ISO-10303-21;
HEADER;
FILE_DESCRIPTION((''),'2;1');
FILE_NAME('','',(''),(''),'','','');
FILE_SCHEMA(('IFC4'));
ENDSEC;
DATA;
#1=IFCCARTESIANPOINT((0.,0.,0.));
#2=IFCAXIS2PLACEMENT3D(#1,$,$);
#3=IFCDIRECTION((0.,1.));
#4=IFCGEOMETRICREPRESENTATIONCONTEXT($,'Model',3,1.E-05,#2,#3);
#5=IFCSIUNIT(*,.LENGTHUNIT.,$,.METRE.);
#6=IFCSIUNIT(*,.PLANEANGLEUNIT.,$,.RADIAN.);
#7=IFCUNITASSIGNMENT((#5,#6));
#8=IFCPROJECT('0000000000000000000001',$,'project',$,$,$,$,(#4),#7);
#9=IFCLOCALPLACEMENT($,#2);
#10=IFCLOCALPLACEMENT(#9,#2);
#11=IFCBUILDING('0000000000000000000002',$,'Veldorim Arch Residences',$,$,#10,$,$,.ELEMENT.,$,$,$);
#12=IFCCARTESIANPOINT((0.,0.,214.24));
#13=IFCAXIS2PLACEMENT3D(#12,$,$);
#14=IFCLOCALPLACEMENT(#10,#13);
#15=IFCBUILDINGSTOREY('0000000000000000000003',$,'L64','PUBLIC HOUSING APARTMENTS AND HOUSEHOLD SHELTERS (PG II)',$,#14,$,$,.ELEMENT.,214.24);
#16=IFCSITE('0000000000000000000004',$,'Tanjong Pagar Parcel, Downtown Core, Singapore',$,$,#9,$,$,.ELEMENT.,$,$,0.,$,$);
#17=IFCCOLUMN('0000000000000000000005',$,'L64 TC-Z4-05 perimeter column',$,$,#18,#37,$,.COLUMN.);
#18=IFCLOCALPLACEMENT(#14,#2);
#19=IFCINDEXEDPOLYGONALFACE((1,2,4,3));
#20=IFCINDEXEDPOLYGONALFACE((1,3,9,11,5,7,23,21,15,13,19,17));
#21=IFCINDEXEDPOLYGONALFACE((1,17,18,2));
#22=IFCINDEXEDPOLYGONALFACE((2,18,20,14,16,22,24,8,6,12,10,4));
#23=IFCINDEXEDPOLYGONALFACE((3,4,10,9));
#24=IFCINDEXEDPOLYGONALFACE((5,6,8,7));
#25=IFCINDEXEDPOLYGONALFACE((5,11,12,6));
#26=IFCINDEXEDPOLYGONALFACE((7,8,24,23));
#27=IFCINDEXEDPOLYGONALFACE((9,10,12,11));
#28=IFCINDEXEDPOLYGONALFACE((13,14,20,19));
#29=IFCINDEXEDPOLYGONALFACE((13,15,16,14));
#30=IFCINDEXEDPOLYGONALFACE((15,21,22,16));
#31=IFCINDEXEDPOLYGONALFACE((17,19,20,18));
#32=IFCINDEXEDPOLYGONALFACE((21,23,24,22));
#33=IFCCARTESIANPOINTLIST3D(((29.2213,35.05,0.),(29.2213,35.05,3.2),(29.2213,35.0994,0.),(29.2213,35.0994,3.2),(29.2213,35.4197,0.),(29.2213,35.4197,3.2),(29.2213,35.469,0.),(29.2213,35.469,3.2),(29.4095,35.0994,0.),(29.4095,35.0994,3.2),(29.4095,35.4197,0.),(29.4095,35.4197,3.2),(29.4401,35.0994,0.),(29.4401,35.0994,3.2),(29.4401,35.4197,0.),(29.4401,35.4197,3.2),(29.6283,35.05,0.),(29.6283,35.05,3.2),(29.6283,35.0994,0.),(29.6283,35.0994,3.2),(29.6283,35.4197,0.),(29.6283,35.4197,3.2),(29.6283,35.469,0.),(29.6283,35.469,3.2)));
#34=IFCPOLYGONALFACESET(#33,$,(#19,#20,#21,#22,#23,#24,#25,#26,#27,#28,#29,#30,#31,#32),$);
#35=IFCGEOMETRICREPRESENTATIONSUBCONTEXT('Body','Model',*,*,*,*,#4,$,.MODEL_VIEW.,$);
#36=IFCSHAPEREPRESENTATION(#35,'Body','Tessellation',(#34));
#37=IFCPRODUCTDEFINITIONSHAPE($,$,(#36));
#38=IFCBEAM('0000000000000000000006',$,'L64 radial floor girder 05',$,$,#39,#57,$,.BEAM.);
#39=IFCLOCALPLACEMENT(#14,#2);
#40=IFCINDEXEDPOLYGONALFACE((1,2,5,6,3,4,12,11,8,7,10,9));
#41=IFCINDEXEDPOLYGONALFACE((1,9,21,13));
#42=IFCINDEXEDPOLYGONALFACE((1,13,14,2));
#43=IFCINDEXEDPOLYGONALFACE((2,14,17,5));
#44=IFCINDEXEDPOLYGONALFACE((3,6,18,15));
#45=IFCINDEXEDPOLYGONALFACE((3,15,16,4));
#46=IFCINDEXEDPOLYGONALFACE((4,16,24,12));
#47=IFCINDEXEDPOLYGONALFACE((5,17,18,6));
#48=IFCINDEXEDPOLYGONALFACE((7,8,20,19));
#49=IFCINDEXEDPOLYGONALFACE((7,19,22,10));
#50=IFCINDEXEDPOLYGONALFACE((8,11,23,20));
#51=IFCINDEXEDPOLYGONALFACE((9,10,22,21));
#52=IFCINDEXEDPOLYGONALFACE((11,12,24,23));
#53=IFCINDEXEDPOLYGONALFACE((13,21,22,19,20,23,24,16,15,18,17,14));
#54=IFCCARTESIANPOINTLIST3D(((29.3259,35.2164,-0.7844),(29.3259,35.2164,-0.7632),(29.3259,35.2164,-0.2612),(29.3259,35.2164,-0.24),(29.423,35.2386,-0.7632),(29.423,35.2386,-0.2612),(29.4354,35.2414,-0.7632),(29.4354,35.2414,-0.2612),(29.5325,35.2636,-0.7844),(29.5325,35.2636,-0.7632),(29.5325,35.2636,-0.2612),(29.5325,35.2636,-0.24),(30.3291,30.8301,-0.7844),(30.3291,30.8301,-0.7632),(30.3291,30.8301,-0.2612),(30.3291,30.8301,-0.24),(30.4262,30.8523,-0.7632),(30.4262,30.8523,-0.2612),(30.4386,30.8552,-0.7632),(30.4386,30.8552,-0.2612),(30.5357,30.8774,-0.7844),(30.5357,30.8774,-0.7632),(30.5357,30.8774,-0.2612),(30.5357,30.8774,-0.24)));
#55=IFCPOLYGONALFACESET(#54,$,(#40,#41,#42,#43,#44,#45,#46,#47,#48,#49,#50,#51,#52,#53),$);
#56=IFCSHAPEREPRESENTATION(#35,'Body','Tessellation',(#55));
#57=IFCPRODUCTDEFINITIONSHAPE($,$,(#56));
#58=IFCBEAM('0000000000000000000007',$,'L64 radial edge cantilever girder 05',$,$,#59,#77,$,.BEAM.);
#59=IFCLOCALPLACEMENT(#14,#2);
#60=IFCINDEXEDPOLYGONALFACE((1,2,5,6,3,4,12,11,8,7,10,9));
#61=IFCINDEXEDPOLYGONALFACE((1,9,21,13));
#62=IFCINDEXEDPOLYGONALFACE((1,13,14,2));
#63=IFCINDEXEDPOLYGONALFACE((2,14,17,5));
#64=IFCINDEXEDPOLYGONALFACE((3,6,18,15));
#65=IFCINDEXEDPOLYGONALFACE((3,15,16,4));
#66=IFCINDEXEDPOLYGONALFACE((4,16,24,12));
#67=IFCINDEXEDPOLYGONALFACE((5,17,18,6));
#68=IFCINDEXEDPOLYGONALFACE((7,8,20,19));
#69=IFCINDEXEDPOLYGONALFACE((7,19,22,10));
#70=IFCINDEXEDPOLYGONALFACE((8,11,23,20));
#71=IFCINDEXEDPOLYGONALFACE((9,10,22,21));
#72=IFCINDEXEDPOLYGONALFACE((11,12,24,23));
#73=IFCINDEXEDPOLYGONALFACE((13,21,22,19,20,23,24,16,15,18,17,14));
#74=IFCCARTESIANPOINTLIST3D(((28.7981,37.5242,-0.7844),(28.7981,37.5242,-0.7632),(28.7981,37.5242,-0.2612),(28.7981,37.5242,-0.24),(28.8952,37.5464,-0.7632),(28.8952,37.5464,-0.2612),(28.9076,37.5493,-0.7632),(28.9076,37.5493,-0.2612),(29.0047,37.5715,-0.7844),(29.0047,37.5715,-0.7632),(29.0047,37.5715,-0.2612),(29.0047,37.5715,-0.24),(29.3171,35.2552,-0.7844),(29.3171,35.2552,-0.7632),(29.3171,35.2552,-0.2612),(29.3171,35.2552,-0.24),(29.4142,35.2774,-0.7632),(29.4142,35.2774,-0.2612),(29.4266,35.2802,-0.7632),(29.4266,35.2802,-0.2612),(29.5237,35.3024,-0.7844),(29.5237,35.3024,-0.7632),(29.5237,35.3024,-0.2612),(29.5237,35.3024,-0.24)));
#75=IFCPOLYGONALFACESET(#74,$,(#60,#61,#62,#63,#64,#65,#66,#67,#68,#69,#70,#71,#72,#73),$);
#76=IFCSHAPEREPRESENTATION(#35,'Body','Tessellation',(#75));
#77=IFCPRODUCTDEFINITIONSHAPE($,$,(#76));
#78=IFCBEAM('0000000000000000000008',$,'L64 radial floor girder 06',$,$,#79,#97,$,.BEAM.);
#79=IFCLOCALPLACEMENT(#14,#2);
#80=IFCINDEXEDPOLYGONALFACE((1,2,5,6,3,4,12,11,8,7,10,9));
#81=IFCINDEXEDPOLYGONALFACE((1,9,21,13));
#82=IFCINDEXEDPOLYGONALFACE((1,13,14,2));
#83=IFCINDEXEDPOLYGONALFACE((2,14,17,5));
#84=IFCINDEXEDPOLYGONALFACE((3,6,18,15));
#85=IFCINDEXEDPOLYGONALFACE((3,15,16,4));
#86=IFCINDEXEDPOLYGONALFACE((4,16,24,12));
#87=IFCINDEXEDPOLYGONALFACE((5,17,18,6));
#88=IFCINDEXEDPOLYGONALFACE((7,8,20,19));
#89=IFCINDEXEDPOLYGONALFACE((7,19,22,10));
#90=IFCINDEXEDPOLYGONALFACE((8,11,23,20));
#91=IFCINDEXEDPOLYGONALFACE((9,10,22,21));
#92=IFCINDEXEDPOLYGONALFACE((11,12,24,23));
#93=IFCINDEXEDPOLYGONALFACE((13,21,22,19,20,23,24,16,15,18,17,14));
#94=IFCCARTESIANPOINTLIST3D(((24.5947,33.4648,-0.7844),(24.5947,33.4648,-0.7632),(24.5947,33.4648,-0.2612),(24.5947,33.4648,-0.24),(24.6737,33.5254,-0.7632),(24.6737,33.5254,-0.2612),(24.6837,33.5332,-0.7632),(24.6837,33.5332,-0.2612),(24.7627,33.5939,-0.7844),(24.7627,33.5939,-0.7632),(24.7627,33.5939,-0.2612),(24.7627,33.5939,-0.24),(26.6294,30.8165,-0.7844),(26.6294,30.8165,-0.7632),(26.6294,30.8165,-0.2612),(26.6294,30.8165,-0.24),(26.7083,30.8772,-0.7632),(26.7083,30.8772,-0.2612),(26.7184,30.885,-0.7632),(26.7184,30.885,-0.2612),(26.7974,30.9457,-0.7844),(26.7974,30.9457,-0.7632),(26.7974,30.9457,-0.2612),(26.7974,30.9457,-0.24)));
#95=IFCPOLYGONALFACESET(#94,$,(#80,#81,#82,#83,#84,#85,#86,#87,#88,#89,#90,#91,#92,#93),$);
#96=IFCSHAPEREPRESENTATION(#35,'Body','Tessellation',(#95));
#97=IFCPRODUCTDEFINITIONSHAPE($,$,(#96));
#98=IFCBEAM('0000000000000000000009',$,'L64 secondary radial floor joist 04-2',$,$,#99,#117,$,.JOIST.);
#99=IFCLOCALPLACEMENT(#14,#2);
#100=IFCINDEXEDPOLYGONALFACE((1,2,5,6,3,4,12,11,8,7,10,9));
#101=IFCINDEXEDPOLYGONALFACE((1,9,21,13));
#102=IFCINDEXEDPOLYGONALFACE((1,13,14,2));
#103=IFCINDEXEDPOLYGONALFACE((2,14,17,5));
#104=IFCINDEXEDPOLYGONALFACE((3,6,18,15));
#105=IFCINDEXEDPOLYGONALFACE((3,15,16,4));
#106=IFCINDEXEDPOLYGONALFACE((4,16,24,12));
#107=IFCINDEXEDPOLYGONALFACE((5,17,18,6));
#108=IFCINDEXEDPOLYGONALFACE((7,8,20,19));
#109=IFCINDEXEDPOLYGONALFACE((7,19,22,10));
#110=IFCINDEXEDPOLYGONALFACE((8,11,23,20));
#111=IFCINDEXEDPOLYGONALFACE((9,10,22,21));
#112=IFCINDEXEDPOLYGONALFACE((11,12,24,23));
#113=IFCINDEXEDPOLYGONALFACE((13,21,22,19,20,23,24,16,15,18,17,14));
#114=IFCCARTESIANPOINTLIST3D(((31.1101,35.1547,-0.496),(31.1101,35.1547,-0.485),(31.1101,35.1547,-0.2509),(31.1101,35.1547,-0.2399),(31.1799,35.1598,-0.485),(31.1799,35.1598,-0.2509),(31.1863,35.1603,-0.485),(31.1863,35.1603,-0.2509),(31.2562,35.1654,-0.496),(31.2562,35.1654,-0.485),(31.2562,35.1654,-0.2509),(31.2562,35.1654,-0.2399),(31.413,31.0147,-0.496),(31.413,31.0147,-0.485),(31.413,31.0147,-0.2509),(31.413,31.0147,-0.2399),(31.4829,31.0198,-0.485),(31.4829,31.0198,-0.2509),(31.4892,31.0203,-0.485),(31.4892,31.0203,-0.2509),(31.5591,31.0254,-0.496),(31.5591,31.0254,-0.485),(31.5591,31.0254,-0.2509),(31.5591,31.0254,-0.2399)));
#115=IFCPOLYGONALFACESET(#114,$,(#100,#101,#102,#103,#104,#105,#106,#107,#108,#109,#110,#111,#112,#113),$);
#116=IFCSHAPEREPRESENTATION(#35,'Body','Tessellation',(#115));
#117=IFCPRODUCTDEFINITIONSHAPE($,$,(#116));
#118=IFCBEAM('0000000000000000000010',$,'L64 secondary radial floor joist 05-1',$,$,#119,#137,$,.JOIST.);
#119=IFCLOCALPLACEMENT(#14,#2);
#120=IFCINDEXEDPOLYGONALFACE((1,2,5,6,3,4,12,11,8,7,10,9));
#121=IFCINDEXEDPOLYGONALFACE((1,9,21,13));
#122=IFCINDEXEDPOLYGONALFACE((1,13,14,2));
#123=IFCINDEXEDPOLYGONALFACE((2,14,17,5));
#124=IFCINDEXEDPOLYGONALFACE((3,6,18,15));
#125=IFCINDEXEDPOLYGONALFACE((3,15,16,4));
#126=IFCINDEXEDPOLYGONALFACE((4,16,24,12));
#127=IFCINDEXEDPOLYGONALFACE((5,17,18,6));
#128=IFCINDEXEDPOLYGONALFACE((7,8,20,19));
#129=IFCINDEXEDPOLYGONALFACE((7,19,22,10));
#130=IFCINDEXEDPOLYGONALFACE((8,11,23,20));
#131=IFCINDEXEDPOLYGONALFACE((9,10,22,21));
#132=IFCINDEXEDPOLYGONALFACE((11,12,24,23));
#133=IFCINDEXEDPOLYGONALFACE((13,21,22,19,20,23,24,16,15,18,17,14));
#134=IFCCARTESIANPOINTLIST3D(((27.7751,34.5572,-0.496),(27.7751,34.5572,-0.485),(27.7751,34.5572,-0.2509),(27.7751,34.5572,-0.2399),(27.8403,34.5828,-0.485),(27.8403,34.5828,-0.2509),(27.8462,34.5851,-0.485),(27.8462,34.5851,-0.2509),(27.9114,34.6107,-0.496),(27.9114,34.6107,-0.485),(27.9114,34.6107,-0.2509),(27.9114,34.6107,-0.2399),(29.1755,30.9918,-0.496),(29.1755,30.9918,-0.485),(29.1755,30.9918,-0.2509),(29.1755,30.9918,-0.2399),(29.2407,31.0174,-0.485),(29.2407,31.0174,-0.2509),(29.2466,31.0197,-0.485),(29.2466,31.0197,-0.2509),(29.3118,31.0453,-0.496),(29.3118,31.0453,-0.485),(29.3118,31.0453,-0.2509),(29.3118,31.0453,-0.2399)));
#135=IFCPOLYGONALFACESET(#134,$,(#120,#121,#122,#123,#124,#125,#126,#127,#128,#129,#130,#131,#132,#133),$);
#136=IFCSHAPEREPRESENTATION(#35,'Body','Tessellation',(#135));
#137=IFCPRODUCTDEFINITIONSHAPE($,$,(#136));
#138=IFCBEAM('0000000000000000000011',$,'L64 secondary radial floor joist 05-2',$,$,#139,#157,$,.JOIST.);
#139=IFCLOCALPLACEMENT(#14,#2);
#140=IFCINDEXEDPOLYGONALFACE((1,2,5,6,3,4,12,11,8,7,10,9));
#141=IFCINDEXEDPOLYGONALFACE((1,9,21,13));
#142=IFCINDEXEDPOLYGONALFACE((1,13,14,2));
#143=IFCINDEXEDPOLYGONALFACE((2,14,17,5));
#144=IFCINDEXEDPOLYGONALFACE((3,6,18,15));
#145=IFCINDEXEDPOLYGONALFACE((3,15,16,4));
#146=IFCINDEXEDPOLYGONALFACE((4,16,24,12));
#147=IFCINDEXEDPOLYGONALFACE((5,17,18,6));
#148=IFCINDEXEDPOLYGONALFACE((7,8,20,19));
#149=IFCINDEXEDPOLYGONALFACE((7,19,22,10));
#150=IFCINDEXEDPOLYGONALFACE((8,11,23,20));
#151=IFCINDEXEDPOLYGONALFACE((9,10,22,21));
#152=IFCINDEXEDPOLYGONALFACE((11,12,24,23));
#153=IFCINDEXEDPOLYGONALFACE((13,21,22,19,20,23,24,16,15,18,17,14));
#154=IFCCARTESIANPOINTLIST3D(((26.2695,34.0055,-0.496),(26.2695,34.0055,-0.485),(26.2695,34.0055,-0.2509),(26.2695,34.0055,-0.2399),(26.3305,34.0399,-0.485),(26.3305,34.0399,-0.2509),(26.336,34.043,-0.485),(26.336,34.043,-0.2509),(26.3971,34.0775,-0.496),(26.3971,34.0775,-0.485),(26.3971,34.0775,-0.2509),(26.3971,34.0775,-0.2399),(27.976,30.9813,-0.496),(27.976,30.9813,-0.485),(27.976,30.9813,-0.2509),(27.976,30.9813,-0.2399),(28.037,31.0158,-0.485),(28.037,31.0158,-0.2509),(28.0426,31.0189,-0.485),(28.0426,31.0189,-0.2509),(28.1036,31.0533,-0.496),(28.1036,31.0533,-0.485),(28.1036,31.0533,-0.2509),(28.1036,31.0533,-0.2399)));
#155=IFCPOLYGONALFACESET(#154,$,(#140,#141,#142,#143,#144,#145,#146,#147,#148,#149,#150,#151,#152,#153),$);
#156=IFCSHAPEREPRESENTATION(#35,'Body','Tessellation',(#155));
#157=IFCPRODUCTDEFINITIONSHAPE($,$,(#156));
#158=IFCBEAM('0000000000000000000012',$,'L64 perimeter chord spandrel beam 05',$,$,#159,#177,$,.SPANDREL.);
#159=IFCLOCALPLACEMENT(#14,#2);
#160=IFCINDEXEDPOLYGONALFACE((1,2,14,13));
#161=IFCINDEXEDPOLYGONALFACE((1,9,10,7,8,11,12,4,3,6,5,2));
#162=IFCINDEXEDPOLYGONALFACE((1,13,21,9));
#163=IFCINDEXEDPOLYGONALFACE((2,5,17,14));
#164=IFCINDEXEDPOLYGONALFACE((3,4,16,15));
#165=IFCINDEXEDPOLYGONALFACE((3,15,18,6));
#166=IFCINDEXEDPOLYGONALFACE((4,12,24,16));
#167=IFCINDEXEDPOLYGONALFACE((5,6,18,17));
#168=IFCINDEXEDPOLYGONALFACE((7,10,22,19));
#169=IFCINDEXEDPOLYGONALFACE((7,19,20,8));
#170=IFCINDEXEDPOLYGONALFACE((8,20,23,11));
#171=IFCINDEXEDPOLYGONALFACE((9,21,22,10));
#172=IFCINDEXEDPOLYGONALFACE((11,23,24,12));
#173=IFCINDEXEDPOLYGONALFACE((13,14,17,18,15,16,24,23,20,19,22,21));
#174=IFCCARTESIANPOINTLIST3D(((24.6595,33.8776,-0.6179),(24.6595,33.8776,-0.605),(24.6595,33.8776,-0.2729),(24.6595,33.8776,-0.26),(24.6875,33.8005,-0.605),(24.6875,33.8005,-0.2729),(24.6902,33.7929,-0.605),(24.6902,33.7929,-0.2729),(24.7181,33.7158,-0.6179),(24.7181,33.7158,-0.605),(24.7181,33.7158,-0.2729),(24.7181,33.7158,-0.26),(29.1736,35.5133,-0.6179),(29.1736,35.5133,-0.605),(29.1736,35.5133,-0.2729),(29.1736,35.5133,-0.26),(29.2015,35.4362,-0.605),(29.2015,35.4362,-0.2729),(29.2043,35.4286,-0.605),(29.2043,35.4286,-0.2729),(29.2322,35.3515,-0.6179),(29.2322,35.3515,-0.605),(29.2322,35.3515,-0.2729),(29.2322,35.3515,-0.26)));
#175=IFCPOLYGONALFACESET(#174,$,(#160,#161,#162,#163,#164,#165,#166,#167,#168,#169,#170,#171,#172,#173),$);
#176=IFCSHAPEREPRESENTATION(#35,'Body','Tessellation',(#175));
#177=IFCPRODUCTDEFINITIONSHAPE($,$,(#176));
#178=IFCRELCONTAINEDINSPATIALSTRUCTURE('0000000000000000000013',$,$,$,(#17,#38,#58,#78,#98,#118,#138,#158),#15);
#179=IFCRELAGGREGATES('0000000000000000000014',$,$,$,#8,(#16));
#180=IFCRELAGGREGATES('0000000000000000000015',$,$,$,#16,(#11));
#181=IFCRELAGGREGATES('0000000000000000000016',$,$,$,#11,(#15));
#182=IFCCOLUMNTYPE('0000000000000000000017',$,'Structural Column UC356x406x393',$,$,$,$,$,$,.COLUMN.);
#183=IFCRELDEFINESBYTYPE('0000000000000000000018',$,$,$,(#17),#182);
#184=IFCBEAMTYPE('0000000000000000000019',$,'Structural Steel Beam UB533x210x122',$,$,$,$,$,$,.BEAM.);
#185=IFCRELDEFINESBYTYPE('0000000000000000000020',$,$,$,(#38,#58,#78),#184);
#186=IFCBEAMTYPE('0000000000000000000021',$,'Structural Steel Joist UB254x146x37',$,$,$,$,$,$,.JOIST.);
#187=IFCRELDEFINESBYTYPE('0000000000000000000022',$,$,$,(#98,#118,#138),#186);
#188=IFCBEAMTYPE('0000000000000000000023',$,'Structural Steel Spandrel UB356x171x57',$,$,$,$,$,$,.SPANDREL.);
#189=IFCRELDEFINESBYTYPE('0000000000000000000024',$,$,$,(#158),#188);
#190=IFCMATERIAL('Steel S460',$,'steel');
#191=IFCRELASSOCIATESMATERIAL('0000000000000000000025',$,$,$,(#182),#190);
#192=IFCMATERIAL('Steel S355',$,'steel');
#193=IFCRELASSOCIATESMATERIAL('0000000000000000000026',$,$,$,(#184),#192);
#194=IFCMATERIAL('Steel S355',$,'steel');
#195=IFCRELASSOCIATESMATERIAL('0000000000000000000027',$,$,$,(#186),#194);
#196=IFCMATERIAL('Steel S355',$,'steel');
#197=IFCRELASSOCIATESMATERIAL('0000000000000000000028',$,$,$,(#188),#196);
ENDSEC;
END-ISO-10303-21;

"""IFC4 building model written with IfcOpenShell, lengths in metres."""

from ifc_helpers import new_model, si_unit, direction, frame, origin, origin_2d, place, context, subcontext, project, spatial, i_section, extrude, material, material_profile, profile_set, type_object, element, save


model = new_model("IFC4")

# Units and contexts
model_context = context("Model", 3, precision=1e-05, world=origin(), true_north=direction((0.0, 1.0)))
body_context = subcontext(model_context, "Body", "Model", "MODEL_VIEW")
ifc_project = project(units=[si_unit("LENGTHUNIT", "METRE"), si_unit("PLANEANGLEUNIT", "RADIAN")], contexts=[model_context])

# Site, building, storey
site_placement = place(None, origin())
site = spatial("IfcSite", under=ifc_project, at=site_placement, Name="Tanjong Pagar Parcel, Downtown Core, Singapore", CompositionType="ELEMENT", RefElevation=0.0)
building_placement = place(site_placement, origin())
building = spatial("IfcBuilding", under=site, at=building_placement, Name="Veldorim Arch Residences", CompositionType="ELEMENT")
storey_placement = place(building_placement, frame((0.0, 0.0, 214.24)))
storey = spatial("IfcBuildingStorey", under=building, at=storey_placement, Name="L64", Description="PUBLIC HOUSING APARTMENTS AND HOUSEHOLD SHELTERS (PG II)", CompositionType="ELEMENT", Elevation=214.24)

# Column
ifc_material_1 = material(Name="Steel S460", Category="steel")
ifc_material_profile_1 = material_profile(ifc_material_1, i_section(OverallWidth=0.407, OverallDepth=0.4189, WebThickness=0.0305, FlangeThickness=0.0493, at=origin_2d()), Name="UC356x406x393")
ifc_profile_set_1 = profile_set([ifc_material_profile_1], Name="Steel S460")
column_type = type_object("IfcColumnType", Name="Structural Column UC356x406x393", PredefinedType="COLUMN", material=ifc_profile_set_1)
column_placement = place(storey_placement, frame((29.4248, 35.2595, 0.0), z_axis=(0.0, 0.0, 1.0), x_axis=(1.0, 0.0, 0.0)))
element("IfcColumn", 1, at=column_placement, inside=storey, type_object=column_type, Name="L64 TC-Z4-05 perimeter column", PredefinedType="COLUMN", context=body_context, shape_type="SweptSolid", body=[
    extrude(i_section(OverallWidth=0.407, OverallDepth=0.4189, WebThickness=0.0305, FlangeThickness=0.0493, at=origin_2d()), origin(), (0.0, 0.0, 1.0), 3.2),
])

# Beams
ifc_material_2 = material(Name="Steel S355", Category="steel")
ifc_material_profile_2 = material_profile(ifc_material_2, i_section(OverallWidth=0.2119, OverallDepth=0.5444, WebThickness=0.0127, FlangeThickness=0.0212, at=origin_2d()), Name="UB533x210x122")
ifc_profile_set_2 = profile_set([ifc_material_profile_2], Name="Steel S355")
beam_type_1 = type_object("IfcBeamType", Name="Structural Steel Beam UB533x210x122", PredefinedType="BEAM", material=ifc_profile_set_2)
beam_1_placement = place(storey_placement, frame((30.4324, 30.8538, -0.5122), z_axis=(-0.222953, 0.974829, 0.0), x_axis=(-0.974829, -0.222953, 0.0)))
element("IfcBeam", 2, at=beam_1_placement, inside=storey, type_object=beam_type_1, Name="L64 radial floor girder 05", PredefinedType="BEAM", context=body_context, shape_type="SweptSolid", body=[
    extrude(i_section(OverallWidth=0.2119, OverallDepth=0.5444, WebThickness=0.0127, FlangeThickness=0.0212, at=origin_2d()), origin(), (0.0, 0.0, 1.0), 4.4995),
])
beam_2_placement = place(storey_placement, frame((29.4204, 35.2788, -0.5122), z_axis=(-0.22299, 0.974821, 0.0), x_axis=(-0.974821, -0.22299, 0.0)))
element("IfcBeam", 3, at=beam_2_placement, inside=storey, type_object=beam_type_1, Name="L64 radial edge cantilever girder 05", PredefinedType="BEAM", context=body_context, shape_type="SweptSolid", body=[
    extrude(i_section(OverallWidth=0.2119, OverallDepth=0.5444, WebThickness=0.0127, FlangeThickness=0.0212, at=origin_2d()), origin(), (0.0, 0.0, 1.0), 2.3276),
])
beam_3_placement = place(storey_placement, frame((26.7134, 30.8811, -0.5122), z_axis=(-0.609258, 0.792972, 0.0), x_axis=(-0.792972, -0.609258, 0.0)))
element("IfcBeam", 4, at=beam_3_placement, inside=storey, type_object=beam_type_1, Name="L64 radial floor girder 06", PredefinedType="BEAM", context=body_context, shape_type="SweptSolid", body=[
    extrude(i_section(OverallWidth=0.2119, OverallDepth=0.5444, WebThickness=0.0127, FlangeThickness=0.0212, at=origin_2d()), origin(), (0.0, 0.0, 1.0), 3.3396),
])
ifc_material_3 = material(Name="Steel S355", Category="steel")
ifc_material_profile_3 = material_profile(ifc_material_3, i_section(OverallWidth=0.1465, OverallDepth=0.2561, WebThickness=0.0063, FlangeThickness=0.011, at=origin_2d()), Name="UB254x146x37")
ifc_profile_set_3 = profile_set([ifc_material_profile_3], Name="Steel S355")
beam_type_2 = type_object("IfcBeamType", Name="Structural Steel Joist UB254x146x37", PredefinedType="JOIST", material=ifc_profile_set_3)
beam_4_placement = place(storey_placement, frame((31.4861, 31.02, -0.3679), z_axis=(-0.072986, 0.997333, 0.0), x_axis=(-0.997333, -0.072986, 0.0)))
element("IfcBeam", 5, at=beam_4_placement, inside=storey, type_object=beam_type_2, Name="L64 secondary radial floor joist 04-2", PredefinedType="JOIST", context=body_context, shape_type="SweptSolid", body=[
    extrude(i_section(OverallWidth=0.1465, OverallDepth=0.2561, WebThickness=0.0063, FlangeThickness=0.011, at=origin_2d()), origin(), (0.0, 0.0, 1.0), 4.1511),
])
beam_5_placement = place(storey_placement, frame((29.2437, 31.0186, -0.3679), z_axis=(-0.365581, 0.930779, 0.0), x_axis=(-0.930779, -0.365581, 0.0)))
element("IfcBeam", 6, at=beam_5_placement, inside=storey, type_object=beam_type_2, Name="L64 secondary radial floor joist 05-1", PredefinedType="JOIST", context=body_context, shape_type="SweptSolid", body=[
    extrude(i_section(OverallWidth=0.1465, OverallDepth=0.2561, WebThickness=0.0063, FlangeThickness=0.011, at=origin_2d()), origin(), (0.0, 0.0, 1.0), 3.8306),
])
beam_6_placement = place(storey_placement, frame((28.0398, 31.0173, -0.3679), z_axis=(-0.491452, 0.870904, 0.0), x_axis=(-0.870904, -0.491452, 0.0)))
element("IfcBeam", 7, at=beam_6_placement, inside=storey, type_object=beam_type_2, Name="L64 secondary radial floor joist 05-2", PredefinedType="JOIST", context=body_context, shape_type="SweptSolid", body=[
    extrude(i_section(OverallWidth=0.1465, OverallDepth=0.2561, WebThickness=0.0063, FlangeThickness=0.011, at=origin_2d()), origin(), (0.0, 0.0, 1.0), 3.4724),
])
ifc_material_4 = material(Name="Steel S355", Category="steel")
ifc_material_profile_4 = material_profile(ifc_material_4, i_section(OverallWidth=0.1721, OverallDepth=0.3579, WebThickness=0.0081, FlangeThickness=0.0129, at=origin_2d()), Name="UB356x171x57")
ifc_profile_set_4 = profile_set([ifc_material_profile_4], Name="Steel S355")
beam_type_3 = type_object("IfcBeamType", Name="Structural Steel Spandrel UB356x171x57", PredefinedType="SPANDREL", material=ifc_profile_set_4)
beam_7_placement = place(storey_placement, frame((29.2029, 35.4324, -0.439), z_axis=(-0.940179, -0.340681, 0.0), x_axis=(0.340681, -0.940179, 0.0)))
element("IfcBeam", 8, at=beam_7_placement, inside=storey, type_object=beam_type_3, Name="L64 perimeter chord spandrel beam 05", PredefinedType="SPANDREL", context=body_context, shape_type="SweptSolid", body=[
    extrude(i_section(OverallWidth=0.1721, OverallDepth=0.3579, WebThickness=0.0081, FlangeThickness=0.0129, at=origin_2d()), origin(), (0.0, 0.0, 1.0), 4.8013),
])

save(model, "model.ifc")
